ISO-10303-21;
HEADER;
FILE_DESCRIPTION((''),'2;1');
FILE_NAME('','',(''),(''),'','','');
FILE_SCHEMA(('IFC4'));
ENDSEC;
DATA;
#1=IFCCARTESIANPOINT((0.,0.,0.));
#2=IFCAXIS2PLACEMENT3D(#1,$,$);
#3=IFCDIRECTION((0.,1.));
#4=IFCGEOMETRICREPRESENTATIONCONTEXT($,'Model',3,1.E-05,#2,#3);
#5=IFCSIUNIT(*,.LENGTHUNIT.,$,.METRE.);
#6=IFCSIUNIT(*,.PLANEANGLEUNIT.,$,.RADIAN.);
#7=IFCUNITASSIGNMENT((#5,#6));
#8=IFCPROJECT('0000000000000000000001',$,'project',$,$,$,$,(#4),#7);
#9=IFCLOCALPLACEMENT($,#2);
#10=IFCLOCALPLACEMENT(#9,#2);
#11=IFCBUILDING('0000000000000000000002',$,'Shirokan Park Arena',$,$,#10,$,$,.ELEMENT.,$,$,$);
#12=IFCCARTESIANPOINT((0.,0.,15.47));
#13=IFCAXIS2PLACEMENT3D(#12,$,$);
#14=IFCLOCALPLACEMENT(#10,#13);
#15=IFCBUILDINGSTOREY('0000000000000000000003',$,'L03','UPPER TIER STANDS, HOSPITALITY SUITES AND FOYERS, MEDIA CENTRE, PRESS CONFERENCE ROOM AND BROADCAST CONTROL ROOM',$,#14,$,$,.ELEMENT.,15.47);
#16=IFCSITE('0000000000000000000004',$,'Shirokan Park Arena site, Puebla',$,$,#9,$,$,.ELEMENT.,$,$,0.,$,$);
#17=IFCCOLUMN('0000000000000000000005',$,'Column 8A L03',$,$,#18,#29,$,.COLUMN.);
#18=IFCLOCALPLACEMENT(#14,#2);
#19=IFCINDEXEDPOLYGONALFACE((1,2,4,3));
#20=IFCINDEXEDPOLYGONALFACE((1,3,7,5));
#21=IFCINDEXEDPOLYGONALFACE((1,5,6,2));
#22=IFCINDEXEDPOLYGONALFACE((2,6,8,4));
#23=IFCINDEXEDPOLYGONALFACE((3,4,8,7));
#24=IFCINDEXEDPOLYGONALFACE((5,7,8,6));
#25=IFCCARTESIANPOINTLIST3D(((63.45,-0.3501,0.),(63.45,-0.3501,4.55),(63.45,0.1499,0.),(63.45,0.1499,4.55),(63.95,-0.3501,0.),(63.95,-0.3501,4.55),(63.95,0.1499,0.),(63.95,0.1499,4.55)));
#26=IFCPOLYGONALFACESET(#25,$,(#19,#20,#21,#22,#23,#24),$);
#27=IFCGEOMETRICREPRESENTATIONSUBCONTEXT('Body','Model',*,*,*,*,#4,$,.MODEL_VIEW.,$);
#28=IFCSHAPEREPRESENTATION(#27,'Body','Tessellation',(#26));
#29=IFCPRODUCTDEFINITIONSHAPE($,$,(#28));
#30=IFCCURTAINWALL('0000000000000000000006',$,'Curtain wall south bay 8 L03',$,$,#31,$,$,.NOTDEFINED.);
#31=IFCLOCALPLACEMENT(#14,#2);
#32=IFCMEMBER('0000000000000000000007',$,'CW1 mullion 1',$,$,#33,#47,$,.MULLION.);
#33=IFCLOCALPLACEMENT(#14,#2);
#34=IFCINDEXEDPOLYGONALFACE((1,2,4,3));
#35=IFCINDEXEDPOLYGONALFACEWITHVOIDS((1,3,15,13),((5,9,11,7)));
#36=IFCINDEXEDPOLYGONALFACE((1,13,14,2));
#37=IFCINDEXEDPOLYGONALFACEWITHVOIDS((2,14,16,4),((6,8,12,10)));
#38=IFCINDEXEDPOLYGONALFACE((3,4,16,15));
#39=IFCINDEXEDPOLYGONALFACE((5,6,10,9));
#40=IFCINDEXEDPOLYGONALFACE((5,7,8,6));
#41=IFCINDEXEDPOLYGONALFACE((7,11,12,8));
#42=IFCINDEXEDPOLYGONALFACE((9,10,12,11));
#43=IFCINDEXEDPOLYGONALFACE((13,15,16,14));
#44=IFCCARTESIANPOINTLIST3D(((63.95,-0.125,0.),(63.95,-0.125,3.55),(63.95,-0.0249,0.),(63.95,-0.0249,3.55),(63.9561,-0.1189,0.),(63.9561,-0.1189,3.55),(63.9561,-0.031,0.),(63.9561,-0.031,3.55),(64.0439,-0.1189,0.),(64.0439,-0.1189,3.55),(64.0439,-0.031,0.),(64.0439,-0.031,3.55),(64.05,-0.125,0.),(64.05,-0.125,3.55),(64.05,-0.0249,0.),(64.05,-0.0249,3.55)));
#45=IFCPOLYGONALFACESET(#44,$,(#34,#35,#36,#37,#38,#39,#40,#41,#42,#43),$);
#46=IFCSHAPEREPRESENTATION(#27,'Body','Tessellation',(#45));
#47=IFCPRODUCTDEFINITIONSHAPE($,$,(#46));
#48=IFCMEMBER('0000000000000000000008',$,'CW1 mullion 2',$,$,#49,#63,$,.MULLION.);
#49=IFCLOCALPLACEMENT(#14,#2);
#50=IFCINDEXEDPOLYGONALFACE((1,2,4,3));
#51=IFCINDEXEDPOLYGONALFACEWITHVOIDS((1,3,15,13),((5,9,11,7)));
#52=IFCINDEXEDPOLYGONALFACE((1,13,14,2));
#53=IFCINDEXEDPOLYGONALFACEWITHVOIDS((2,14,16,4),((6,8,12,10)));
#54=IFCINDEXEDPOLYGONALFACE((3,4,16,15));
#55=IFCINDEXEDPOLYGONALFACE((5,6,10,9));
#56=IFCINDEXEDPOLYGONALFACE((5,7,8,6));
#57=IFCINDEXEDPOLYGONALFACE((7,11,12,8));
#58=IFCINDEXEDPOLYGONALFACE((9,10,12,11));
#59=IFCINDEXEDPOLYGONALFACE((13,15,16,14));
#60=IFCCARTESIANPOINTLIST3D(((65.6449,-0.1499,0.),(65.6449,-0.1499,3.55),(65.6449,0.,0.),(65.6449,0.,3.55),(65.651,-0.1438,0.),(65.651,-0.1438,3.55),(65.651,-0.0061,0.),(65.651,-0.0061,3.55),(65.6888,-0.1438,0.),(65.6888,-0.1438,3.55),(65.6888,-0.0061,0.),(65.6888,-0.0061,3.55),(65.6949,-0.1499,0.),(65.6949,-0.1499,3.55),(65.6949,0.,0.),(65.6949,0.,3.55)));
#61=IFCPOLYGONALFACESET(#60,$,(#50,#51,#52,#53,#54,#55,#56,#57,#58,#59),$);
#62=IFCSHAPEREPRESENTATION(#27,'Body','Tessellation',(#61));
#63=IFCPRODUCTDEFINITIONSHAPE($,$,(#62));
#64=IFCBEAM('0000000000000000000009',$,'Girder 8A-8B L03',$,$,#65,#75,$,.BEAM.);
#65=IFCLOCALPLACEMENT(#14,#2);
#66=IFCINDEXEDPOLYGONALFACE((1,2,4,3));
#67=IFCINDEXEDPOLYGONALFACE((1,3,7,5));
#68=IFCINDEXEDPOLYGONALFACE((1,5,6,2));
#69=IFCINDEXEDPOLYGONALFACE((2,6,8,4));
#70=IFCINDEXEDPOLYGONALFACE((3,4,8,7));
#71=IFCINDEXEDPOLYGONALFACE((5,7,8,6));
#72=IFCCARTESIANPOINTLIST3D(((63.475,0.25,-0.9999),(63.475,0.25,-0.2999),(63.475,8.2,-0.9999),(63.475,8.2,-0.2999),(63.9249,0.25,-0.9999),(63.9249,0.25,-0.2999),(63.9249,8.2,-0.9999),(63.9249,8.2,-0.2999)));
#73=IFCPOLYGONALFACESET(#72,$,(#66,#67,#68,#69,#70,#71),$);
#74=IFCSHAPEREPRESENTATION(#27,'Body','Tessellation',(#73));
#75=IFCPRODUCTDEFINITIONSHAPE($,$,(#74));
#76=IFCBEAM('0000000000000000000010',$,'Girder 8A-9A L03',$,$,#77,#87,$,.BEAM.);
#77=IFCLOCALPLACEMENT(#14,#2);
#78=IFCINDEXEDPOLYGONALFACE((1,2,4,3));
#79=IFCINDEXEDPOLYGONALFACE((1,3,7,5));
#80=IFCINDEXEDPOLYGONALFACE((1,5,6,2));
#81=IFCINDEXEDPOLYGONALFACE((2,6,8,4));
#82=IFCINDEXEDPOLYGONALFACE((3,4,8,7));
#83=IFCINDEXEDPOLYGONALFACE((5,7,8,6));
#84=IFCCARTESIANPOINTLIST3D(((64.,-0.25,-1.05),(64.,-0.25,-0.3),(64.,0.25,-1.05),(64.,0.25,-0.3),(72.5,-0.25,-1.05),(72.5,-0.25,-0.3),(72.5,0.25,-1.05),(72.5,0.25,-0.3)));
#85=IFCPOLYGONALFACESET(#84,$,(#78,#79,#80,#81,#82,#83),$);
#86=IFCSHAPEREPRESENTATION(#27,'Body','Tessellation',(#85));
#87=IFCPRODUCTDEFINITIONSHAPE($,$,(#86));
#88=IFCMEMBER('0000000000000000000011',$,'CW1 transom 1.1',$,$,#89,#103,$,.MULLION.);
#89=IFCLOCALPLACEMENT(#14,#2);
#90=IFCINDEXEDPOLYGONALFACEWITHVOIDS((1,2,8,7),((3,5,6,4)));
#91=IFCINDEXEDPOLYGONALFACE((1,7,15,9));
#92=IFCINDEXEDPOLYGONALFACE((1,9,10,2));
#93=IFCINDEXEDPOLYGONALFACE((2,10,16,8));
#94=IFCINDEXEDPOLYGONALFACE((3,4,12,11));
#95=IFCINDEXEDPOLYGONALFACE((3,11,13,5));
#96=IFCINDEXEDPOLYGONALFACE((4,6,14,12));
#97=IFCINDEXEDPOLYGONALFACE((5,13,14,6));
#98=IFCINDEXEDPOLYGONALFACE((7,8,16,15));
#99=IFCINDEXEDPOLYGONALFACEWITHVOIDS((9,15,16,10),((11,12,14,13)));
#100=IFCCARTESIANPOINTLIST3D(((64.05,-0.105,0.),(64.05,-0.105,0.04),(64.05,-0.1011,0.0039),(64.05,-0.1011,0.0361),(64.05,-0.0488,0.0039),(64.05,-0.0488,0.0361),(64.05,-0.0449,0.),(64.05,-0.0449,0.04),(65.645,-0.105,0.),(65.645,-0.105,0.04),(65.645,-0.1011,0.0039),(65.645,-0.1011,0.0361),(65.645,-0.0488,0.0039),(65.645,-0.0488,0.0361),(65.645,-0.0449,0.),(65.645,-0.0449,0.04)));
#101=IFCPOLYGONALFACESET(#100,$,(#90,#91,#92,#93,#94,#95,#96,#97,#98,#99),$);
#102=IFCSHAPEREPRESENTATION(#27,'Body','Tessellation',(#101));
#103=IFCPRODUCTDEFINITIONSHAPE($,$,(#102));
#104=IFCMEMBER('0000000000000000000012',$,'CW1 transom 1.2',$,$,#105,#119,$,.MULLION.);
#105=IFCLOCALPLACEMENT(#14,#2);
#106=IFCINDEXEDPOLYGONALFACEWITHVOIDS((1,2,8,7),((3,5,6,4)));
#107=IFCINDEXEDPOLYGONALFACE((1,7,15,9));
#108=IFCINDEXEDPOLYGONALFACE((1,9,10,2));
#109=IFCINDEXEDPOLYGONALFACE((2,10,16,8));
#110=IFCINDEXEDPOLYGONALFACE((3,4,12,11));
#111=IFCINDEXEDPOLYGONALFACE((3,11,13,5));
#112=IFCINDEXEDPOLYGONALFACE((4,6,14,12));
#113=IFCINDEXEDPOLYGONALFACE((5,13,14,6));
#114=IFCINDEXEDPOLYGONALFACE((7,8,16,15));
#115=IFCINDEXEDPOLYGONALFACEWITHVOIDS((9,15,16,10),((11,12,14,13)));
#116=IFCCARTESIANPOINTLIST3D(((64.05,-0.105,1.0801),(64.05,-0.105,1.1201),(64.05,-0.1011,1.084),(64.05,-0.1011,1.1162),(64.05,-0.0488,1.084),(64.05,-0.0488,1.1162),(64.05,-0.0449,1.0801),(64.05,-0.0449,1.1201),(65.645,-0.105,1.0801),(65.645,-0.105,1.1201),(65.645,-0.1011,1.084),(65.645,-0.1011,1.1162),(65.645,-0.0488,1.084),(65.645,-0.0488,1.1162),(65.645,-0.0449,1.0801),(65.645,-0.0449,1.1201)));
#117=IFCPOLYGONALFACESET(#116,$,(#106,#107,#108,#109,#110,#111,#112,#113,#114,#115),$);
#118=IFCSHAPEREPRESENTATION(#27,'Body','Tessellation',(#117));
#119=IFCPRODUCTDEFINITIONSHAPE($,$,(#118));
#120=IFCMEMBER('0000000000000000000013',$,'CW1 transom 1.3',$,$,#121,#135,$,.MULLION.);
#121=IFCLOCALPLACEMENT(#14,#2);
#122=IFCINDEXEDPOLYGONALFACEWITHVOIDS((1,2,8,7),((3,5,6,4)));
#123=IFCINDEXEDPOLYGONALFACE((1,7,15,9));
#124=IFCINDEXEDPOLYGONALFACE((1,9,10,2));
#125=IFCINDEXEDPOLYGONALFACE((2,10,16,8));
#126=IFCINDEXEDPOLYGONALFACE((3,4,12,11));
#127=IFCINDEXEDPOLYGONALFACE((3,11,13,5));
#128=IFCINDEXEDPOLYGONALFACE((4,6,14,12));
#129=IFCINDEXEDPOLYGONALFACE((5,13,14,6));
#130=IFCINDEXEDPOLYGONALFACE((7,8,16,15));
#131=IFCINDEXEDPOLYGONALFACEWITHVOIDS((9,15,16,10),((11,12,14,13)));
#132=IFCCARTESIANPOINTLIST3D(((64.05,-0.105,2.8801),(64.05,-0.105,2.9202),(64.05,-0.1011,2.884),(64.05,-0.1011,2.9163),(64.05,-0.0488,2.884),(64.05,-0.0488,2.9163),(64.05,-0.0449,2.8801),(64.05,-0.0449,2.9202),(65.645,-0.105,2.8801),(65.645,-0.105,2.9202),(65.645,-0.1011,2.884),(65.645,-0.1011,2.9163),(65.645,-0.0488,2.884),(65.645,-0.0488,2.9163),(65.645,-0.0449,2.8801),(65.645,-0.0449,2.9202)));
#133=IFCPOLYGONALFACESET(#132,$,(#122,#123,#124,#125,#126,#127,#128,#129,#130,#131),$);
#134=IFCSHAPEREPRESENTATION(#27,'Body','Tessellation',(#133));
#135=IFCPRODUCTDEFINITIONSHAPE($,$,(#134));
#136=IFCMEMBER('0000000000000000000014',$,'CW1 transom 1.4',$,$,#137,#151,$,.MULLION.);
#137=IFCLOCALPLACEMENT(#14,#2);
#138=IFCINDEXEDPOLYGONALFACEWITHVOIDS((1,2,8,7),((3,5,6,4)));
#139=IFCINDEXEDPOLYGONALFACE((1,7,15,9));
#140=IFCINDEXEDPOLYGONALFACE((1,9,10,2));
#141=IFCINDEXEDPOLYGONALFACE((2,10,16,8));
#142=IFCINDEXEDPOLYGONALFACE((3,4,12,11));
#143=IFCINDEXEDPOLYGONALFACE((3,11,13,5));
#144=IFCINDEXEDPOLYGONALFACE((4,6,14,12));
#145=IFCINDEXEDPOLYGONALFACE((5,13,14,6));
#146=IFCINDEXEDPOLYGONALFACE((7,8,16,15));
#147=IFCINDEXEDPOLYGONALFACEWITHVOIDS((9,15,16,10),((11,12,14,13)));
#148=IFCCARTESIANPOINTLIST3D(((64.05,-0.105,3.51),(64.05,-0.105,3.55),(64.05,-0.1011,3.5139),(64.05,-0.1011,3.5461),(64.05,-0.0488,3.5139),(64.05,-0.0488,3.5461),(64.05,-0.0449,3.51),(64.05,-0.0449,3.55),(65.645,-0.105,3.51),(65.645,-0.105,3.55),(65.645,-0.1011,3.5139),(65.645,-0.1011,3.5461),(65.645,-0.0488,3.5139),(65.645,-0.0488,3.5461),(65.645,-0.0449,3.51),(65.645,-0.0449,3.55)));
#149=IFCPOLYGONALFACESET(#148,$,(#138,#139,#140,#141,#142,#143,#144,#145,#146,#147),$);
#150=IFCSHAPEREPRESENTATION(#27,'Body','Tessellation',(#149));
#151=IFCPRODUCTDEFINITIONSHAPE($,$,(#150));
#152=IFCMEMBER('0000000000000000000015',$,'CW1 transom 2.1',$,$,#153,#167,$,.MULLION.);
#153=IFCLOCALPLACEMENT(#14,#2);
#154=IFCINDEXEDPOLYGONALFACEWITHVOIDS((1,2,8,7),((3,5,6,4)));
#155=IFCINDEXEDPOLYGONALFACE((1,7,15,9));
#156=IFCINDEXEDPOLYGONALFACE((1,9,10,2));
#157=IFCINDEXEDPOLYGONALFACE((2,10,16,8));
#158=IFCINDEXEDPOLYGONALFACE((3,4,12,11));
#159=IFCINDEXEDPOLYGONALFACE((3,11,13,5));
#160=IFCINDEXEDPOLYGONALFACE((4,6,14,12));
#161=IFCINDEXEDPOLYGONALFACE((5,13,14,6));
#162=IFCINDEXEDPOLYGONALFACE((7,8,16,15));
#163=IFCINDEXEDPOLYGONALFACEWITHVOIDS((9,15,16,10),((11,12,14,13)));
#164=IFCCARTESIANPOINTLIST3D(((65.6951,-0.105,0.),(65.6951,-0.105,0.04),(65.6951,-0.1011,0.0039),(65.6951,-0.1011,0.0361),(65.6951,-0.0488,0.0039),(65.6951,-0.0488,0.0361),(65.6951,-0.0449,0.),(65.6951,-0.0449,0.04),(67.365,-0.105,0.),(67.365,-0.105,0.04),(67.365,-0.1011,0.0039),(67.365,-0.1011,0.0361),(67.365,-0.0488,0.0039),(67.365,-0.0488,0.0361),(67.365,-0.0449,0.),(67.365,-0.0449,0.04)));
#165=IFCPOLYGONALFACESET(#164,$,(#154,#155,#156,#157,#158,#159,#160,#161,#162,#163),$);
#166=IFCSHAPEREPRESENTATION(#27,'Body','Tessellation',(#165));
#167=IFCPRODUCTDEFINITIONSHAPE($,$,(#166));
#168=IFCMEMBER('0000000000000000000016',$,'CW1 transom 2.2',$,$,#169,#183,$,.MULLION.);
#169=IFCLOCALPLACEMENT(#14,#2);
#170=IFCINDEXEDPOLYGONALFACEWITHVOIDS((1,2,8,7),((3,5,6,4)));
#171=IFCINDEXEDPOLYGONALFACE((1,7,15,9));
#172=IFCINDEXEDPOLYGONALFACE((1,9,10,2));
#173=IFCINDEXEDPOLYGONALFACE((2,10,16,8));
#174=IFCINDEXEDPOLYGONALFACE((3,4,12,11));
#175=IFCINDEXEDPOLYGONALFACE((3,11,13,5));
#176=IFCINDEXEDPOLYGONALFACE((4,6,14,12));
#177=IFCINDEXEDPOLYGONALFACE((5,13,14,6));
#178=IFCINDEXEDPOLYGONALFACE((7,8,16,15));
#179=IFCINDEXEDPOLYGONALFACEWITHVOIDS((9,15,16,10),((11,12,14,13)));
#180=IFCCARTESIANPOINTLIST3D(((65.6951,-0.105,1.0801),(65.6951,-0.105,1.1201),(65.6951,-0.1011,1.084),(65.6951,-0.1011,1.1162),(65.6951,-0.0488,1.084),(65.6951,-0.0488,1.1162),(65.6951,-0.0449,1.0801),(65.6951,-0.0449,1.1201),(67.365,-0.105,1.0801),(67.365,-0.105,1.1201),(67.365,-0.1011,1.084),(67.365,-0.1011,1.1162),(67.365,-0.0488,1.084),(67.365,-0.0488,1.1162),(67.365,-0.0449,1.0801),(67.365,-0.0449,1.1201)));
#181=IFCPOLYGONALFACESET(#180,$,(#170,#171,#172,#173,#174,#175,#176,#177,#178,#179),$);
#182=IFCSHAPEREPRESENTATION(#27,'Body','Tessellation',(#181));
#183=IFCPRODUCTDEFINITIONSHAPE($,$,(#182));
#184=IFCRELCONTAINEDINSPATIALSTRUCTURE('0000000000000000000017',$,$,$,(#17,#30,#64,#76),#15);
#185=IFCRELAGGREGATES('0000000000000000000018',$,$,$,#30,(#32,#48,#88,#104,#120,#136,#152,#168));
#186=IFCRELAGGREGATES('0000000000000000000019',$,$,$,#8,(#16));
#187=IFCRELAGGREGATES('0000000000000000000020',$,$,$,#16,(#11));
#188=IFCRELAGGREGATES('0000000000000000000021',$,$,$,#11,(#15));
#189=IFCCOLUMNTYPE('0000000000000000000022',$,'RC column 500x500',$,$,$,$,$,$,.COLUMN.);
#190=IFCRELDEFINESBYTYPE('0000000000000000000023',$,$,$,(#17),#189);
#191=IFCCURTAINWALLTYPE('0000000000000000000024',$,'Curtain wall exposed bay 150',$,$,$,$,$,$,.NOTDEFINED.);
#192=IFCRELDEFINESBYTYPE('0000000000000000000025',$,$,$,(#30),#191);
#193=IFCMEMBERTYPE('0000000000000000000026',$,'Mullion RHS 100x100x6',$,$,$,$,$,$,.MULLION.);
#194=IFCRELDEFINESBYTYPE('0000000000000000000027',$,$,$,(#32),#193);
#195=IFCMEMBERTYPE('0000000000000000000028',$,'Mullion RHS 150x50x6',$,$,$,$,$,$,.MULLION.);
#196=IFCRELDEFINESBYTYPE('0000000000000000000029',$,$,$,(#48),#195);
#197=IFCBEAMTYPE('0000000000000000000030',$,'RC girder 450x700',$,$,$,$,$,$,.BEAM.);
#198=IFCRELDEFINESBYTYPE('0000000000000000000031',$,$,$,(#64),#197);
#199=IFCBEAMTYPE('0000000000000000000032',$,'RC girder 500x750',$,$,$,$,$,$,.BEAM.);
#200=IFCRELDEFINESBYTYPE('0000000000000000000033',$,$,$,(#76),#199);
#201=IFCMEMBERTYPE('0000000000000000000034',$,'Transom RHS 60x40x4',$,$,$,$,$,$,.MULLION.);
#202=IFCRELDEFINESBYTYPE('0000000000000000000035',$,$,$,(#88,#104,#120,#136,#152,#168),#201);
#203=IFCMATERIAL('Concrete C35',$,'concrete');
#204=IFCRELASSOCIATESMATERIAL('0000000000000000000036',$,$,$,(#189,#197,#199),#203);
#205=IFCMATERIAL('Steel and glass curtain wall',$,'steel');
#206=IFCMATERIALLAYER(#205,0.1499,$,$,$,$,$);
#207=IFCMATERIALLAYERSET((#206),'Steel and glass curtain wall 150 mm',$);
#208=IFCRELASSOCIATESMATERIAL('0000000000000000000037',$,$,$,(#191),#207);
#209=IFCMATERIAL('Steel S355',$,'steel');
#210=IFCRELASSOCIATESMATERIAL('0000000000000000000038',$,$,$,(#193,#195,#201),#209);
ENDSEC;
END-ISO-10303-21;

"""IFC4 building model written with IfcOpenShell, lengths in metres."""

from ifc_helpers import new_model, si_unit, direction, frame, origin, origin_2d, place, context, subcontext, project, spatial, rectangle, hollow_rectangle, extrude, material, layer, layer_set, material_profile, profile_set, type_object, element, aggregate, save


model = new_model("IFC4")

# Units and contexts
model_context = context("Model", 3, precision=1e-05, world=origin(), true_north=direction((0.0, 1.0)))
body_context = subcontext(model_context, "Body", "Model", "MODEL_VIEW")
ifc_project = project(units=[si_unit("LENGTHUNIT", "METRE"), si_unit("PLANEANGLEUNIT", "RADIAN")], contexts=[model_context])

# Site, building, storey
site_placement = place(None, origin())
site = spatial("IfcSite", under=ifc_project, at=site_placement, Name="Shirokan Park Arena site, Puebla", CompositionType="ELEMENT", RefElevation=0.0)
building_placement = place(site_placement, origin())
building = spatial("IfcBuilding", under=site, at=building_placement, Name="Shirokan Park Arena", CompositionType="ELEMENT")
storey_placement = place(building_placement, frame((0.0, 0.0, 15.47)))
storey = spatial("IfcBuildingStorey", under=building, at=storey_placement, Name="L03", Description="UPPER TIER STANDS, HOSPITALITY SUITES AND FOYERS, MEDIA CENTRE, PRESS CONFERENCE ROOM AND BROADCAST CONTROL ROOM", CompositionType="ELEMENT", Elevation=15.47)

# Column
ifc_material_1 = material(Name="Concrete C35", Category="concrete")
ifc_material_profile_1 = material_profile(ifc_material_1, rectangle(XDim=0.5, YDim=0.5, at=origin_2d()), Name="500x500")
ifc_profile_set_1 = profile_set([ifc_material_profile_1], Name="Concrete C35")
column_type = type_object("IfcColumnType", Name="RC column 500x500", PredefinedType="COLUMN", material=ifc_profile_set_1)
column_placement = place(storey_placement, frame((63.7, -0.1001, 0.0), z_axis=(0.0, 0.0, 1.0), x_axis=(1.0, 0.0, 0.0)))
element("IfcColumn", 1, at=column_placement, inside=storey, type_object=column_type, Name="Column 8A L03", PredefinedType="COLUMN", context=body_context, shape_type="SweptSolid", body=[
    extrude(rectangle(XDim=0.5, YDim=0.5, at=origin_2d()), origin(), (0.0, 0.0, 1.0), 4.55),
])

# Curtain wall, members
ifc_material_2 = material(Name="Steel and glass curtain wall", Category="steel")
ifc_layer_1 = layer(ifc_material_2, 0.1499)
ifc_layer_set_1 = layer_set([ifc_layer_1], Name="Steel and glass curtain wall 150 mm")
curtain_wall_type = type_object("IfcCurtainWallType", Name="Curtain wall exposed bay 150", PredefinedType="NOTDEFINED", material=ifc_layer_set_1)
curtain_wall_placement = place(storey_placement, origin())
curtain_wall = element("IfcCurtainWall", 2, at=curtain_wall_placement, inside=storey, type_object=curtain_wall_type, Name="Curtain wall south bay 8 L03", PredefinedType="NOTDEFINED")
ifc_material_3 = material(Name="Steel S355", Category="steel")
ifc_material_profile_2 = material_profile(ifc_material_3, hollow_rectangle(XDim=0.1001, YDim=0.1001, WallThickness=0.0061, at=origin_2d()), Name="RHS 100x100x6")
ifc_profile_set_2 = profile_set([ifc_material_profile_2], Name="Steel S355")
member_type_1 = type_object("IfcMemberType", Name="Mullion RHS 100x100x6", PredefinedType="MULLION", material=ifc_profile_set_2)
member_1_placement = place(storey_placement, frame((64.0, -0.075, 0.0), z_axis=(0.0, 0.0, 1.0), x_axis=(0.0, 1.0, 0.0)))
member_1 = element("IfcMember", 3, at=member_1_placement, type_object=member_type_1, Name="CW1 mullion 1", PredefinedType="MULLION", context=body_context, shape_type="SweptSolid", body=[
    extrude(hollow_rectangle(XDim=0.1001, YDim=0.1001, WallThickness=0.0061, at=origin_2d()), origin(), (0.0, 0.0, 1.0), 3.55),
])
ifc_material_profile_3 = material_profile(ifc_material_3, hollow_rectangle(XDim=0.1499, YDim=0.05, WallThickness=0.0061, at=origin_2d()), Name="RHS 150x50x6")
ifc_profile_set_3 = profile_set([ifc_material_profile_3], Name="Steel S355")
member_type_2 = type_object("IfcMemberType", Name="Mullion RHS 150x50x6", PredefinedType="MULLION", material=ifc_profile_set_3)
member_2_placement = place(storey_placement, frame((65.6699, -0.075, 0.0), z_axis=(0.0, 0.0, 1.0), x_axis=(0.0, 1.0, 0.0)))
member_2 = element("IfcMember", 4, at=member_2_placement, type_object=member_type_2, Name="CW1 mullion 2", PredefinedType="MULLION", context=body_context, shape_type="SweptSolid", body=[
    extrude(hollow_rectangle(XDim=0.1499, YDim=0.05, WallThickness=0.0061, at=origin_2d()), origin(), (0.0, 0.0, 1.0), 3.55),
])

# Beams
ifc_material_profile_4 = material_profile(ifc_material_1, rectangle(XDim=0.45, YDim=0.7, at=origin_2d()), Name="450x700")
ifc_profile_set_4 = profile_set([ifc_material_profile_4], Name="Concrete C35")
beam_type_1 = type_object("IfcBeamType", Name="RC girder 450x700", PredefinedType="BEAM", material=ifc_profile_set_4)
beam_1_placement = place(storey_placement, frame((63.7, 0.25, -0.6499), z_axis=(0.0, 1.0, 0.0), x_axis=(-1.0, 0.0, 0.0)))
element("IfcBeam", 5, at=beam_1_placement, inside=storey, type_object=beam_type_1, Name="Girder 8A-8B L03", PredefinedType="BEAM", context=body_context, shape_type="SweptSolid", body=[
    extrude(rectangle(XDim=0.45, YDim=0.7, at=origin_2d()), origin(), (0.0, 0.0, 1.0), 7.95),
])
ifc_material_profile_5 = material_profile(ifc_material_1, rectangle(XDim=0.5, YDim=0.75, at=origin_2d()), Name="500x750")
ifc_profile_set_5 = profile_set([ifc_material_profile_5], Name="Concrete C35")
beam_type_2 = type_object("IfcBeamType", Name="RC girder 500x750", PredefinedType="BEAM", material=ifc_profile_set_5)
beam_2_placement = place(storey_placement, frame((64.0, 0.0, -0.675), z_axis=(1.0, 0.0, 0.0), x_axis=(0.0, 1.0, 0.0)))
element("IfcBeam", 6, at=beam_2_placement, inside=storey, type_object=beam_type_2, Name="Girder 8A-9A L03", PredefinedType="BEAM", context=body_context, shape_type="SweptSolid", body=[
    extrude(rectangle(XDim=0.5, YDim=0.75, at=origin_2d()), origin(), (0.0, 0.0, 1.0), 8.5),
])

# Members
ifc_material_profile_6 = material_profile(ifc_material_3, hollow_rectangle(XDim=0.0601, YDim=0.04, WallThickness=0.0039, at=origin_2d()), Name="RHS 60x40x4")
ifc_profile_set_6 = profile_set([ifc_material_profile_6], Name="Steel S355")
member_type_3 = type_object("IfcMemberType", Name="Transom RHS 60x40x4", PredefinedType="MULLION", material=ifc_profile_set_6)
member_3_placement = place(storey_placement, frame((64.05, -0.075, 0.02), z_axis=(1.0, 0.0, 0.0), x_axis=(0.0, 1.0, 0.0)))
member_3 = element("IfcMember", 7, at=member_3_placement, type_object=member_type_3, Name="CW1 transom 1.1", PredefinedType="MULLION", context=body_context, shape_type="SweptSolid", body=[
    extrude(hollow_rectangle(XDim=0.0601, YDim=0.04, WallThickness=0.0039, at=origin_2d()), origin(), (0.0, 0.0, 1.0), 1.595),
])
member_4_placement = place(storey_placement, frame((64.05, -0.075, 1.1001), z_axis=(1.0, 0.0, 0.0), x_axis=(0.0, 1.0, 0.0)))
member_4 = element("IfcMember", 8, at=member_4_placement, type_object=member_type_3, Name="CW1 transom 1.2", PredefinedType="MULLION", context=body_context, shape_type="SweptSolid", body=[
    extrude(hollow_rectangle(XDim=0.0601, YDim=0.04, WallThickness=0.0039, at=origin_2d()), origin(), (0.0, 0.0, 1.0), 1.595),
])
member_5_placement = place(storey_placement, frame((64.05, -0.075, 2.9001), z_axis=(1.0, 0.0, 0.0), x_axis=(0.0, 1.0, 0.0)))
member_5 = element("IfcMember", 9, at=member_5_placement, type_object=member_type_3, Name="CW1 transom 1.3", PredefinedType="MULLION", context=body_context, shape_type="SweptSolid", body=[
    extrude(hollow_rectangle(XDim=0.0601, YDim=0.04, WallThickness=0.0039, at=origin_2d()), origin(), (0.0, 0.0, 1.0), 1.595),
])
member_6_placement = place(storey_placement, frame((64.05, -0.075, 3.53), z_axis=(1.0, 0.0, 0.0), x_axis=(0.0, 1.0, 0.0)))
member_6 = element("IfcMember", 10, at=member_6_placement, type_object=member_type_3, Name="CW1 transom 1.4", PredefinedType="MULLION", context=body_context, shape_type="SweptSolid", body=[
    extrude(hollow_rectangle(XDim=0.0601, YDim=0.04, WallThickness=0.0039, at=origin_2d()), origin(), (0.0, 0.0, 1.0), 1.595),
])
member_7_placement = place(storey_placement, frame((65.6951, -0.075, 0.02), z_axis=(1.0, 0.0, 0.0), x_axis=(0.0, 1.0, 0.0)))
member_7 = element("IfcMember", 11, at=member_7_placement, type_object=member_type_3, Name="CW1 transom 2.1", PredefinedType="MULLION", context=body_context, shape_type="SweptSolid", body=[
    extrude(hollow_rectangle(XDim=0.0601, YDim=0.04, WallThickness=0.0039, at=origin_2d()), origin(), (0.0, 0.0, 1.0), 1.6699),
])
member_8_placement = place(storey_placement, frame((65.6951, -0.075, 1.1001), z_axis=(1.0, 0.0, 0.0), x_axis=(0.0, 1.0, 0.0)))
member_8 = element("IfcMember", 12, at=member_8_placement, type_object=member_type_3, Name="CW1 transom 2.2", PredefinedType="MULLION", context=body_context, shape_type="SweptSolid", body=[
    extrude(hollow_rectangle(XDim=0.0601, YDim=0.04, WallThickness=0.0039, at=origin_2d()), origin(), (0.0, 0.0, 1.0), 1.6699),
])

aggregate(curtain_wall, [member_1, member_2, member_3, member_4, member_5, member_6, member_7, member_8])

save(model, "model.ifc")
